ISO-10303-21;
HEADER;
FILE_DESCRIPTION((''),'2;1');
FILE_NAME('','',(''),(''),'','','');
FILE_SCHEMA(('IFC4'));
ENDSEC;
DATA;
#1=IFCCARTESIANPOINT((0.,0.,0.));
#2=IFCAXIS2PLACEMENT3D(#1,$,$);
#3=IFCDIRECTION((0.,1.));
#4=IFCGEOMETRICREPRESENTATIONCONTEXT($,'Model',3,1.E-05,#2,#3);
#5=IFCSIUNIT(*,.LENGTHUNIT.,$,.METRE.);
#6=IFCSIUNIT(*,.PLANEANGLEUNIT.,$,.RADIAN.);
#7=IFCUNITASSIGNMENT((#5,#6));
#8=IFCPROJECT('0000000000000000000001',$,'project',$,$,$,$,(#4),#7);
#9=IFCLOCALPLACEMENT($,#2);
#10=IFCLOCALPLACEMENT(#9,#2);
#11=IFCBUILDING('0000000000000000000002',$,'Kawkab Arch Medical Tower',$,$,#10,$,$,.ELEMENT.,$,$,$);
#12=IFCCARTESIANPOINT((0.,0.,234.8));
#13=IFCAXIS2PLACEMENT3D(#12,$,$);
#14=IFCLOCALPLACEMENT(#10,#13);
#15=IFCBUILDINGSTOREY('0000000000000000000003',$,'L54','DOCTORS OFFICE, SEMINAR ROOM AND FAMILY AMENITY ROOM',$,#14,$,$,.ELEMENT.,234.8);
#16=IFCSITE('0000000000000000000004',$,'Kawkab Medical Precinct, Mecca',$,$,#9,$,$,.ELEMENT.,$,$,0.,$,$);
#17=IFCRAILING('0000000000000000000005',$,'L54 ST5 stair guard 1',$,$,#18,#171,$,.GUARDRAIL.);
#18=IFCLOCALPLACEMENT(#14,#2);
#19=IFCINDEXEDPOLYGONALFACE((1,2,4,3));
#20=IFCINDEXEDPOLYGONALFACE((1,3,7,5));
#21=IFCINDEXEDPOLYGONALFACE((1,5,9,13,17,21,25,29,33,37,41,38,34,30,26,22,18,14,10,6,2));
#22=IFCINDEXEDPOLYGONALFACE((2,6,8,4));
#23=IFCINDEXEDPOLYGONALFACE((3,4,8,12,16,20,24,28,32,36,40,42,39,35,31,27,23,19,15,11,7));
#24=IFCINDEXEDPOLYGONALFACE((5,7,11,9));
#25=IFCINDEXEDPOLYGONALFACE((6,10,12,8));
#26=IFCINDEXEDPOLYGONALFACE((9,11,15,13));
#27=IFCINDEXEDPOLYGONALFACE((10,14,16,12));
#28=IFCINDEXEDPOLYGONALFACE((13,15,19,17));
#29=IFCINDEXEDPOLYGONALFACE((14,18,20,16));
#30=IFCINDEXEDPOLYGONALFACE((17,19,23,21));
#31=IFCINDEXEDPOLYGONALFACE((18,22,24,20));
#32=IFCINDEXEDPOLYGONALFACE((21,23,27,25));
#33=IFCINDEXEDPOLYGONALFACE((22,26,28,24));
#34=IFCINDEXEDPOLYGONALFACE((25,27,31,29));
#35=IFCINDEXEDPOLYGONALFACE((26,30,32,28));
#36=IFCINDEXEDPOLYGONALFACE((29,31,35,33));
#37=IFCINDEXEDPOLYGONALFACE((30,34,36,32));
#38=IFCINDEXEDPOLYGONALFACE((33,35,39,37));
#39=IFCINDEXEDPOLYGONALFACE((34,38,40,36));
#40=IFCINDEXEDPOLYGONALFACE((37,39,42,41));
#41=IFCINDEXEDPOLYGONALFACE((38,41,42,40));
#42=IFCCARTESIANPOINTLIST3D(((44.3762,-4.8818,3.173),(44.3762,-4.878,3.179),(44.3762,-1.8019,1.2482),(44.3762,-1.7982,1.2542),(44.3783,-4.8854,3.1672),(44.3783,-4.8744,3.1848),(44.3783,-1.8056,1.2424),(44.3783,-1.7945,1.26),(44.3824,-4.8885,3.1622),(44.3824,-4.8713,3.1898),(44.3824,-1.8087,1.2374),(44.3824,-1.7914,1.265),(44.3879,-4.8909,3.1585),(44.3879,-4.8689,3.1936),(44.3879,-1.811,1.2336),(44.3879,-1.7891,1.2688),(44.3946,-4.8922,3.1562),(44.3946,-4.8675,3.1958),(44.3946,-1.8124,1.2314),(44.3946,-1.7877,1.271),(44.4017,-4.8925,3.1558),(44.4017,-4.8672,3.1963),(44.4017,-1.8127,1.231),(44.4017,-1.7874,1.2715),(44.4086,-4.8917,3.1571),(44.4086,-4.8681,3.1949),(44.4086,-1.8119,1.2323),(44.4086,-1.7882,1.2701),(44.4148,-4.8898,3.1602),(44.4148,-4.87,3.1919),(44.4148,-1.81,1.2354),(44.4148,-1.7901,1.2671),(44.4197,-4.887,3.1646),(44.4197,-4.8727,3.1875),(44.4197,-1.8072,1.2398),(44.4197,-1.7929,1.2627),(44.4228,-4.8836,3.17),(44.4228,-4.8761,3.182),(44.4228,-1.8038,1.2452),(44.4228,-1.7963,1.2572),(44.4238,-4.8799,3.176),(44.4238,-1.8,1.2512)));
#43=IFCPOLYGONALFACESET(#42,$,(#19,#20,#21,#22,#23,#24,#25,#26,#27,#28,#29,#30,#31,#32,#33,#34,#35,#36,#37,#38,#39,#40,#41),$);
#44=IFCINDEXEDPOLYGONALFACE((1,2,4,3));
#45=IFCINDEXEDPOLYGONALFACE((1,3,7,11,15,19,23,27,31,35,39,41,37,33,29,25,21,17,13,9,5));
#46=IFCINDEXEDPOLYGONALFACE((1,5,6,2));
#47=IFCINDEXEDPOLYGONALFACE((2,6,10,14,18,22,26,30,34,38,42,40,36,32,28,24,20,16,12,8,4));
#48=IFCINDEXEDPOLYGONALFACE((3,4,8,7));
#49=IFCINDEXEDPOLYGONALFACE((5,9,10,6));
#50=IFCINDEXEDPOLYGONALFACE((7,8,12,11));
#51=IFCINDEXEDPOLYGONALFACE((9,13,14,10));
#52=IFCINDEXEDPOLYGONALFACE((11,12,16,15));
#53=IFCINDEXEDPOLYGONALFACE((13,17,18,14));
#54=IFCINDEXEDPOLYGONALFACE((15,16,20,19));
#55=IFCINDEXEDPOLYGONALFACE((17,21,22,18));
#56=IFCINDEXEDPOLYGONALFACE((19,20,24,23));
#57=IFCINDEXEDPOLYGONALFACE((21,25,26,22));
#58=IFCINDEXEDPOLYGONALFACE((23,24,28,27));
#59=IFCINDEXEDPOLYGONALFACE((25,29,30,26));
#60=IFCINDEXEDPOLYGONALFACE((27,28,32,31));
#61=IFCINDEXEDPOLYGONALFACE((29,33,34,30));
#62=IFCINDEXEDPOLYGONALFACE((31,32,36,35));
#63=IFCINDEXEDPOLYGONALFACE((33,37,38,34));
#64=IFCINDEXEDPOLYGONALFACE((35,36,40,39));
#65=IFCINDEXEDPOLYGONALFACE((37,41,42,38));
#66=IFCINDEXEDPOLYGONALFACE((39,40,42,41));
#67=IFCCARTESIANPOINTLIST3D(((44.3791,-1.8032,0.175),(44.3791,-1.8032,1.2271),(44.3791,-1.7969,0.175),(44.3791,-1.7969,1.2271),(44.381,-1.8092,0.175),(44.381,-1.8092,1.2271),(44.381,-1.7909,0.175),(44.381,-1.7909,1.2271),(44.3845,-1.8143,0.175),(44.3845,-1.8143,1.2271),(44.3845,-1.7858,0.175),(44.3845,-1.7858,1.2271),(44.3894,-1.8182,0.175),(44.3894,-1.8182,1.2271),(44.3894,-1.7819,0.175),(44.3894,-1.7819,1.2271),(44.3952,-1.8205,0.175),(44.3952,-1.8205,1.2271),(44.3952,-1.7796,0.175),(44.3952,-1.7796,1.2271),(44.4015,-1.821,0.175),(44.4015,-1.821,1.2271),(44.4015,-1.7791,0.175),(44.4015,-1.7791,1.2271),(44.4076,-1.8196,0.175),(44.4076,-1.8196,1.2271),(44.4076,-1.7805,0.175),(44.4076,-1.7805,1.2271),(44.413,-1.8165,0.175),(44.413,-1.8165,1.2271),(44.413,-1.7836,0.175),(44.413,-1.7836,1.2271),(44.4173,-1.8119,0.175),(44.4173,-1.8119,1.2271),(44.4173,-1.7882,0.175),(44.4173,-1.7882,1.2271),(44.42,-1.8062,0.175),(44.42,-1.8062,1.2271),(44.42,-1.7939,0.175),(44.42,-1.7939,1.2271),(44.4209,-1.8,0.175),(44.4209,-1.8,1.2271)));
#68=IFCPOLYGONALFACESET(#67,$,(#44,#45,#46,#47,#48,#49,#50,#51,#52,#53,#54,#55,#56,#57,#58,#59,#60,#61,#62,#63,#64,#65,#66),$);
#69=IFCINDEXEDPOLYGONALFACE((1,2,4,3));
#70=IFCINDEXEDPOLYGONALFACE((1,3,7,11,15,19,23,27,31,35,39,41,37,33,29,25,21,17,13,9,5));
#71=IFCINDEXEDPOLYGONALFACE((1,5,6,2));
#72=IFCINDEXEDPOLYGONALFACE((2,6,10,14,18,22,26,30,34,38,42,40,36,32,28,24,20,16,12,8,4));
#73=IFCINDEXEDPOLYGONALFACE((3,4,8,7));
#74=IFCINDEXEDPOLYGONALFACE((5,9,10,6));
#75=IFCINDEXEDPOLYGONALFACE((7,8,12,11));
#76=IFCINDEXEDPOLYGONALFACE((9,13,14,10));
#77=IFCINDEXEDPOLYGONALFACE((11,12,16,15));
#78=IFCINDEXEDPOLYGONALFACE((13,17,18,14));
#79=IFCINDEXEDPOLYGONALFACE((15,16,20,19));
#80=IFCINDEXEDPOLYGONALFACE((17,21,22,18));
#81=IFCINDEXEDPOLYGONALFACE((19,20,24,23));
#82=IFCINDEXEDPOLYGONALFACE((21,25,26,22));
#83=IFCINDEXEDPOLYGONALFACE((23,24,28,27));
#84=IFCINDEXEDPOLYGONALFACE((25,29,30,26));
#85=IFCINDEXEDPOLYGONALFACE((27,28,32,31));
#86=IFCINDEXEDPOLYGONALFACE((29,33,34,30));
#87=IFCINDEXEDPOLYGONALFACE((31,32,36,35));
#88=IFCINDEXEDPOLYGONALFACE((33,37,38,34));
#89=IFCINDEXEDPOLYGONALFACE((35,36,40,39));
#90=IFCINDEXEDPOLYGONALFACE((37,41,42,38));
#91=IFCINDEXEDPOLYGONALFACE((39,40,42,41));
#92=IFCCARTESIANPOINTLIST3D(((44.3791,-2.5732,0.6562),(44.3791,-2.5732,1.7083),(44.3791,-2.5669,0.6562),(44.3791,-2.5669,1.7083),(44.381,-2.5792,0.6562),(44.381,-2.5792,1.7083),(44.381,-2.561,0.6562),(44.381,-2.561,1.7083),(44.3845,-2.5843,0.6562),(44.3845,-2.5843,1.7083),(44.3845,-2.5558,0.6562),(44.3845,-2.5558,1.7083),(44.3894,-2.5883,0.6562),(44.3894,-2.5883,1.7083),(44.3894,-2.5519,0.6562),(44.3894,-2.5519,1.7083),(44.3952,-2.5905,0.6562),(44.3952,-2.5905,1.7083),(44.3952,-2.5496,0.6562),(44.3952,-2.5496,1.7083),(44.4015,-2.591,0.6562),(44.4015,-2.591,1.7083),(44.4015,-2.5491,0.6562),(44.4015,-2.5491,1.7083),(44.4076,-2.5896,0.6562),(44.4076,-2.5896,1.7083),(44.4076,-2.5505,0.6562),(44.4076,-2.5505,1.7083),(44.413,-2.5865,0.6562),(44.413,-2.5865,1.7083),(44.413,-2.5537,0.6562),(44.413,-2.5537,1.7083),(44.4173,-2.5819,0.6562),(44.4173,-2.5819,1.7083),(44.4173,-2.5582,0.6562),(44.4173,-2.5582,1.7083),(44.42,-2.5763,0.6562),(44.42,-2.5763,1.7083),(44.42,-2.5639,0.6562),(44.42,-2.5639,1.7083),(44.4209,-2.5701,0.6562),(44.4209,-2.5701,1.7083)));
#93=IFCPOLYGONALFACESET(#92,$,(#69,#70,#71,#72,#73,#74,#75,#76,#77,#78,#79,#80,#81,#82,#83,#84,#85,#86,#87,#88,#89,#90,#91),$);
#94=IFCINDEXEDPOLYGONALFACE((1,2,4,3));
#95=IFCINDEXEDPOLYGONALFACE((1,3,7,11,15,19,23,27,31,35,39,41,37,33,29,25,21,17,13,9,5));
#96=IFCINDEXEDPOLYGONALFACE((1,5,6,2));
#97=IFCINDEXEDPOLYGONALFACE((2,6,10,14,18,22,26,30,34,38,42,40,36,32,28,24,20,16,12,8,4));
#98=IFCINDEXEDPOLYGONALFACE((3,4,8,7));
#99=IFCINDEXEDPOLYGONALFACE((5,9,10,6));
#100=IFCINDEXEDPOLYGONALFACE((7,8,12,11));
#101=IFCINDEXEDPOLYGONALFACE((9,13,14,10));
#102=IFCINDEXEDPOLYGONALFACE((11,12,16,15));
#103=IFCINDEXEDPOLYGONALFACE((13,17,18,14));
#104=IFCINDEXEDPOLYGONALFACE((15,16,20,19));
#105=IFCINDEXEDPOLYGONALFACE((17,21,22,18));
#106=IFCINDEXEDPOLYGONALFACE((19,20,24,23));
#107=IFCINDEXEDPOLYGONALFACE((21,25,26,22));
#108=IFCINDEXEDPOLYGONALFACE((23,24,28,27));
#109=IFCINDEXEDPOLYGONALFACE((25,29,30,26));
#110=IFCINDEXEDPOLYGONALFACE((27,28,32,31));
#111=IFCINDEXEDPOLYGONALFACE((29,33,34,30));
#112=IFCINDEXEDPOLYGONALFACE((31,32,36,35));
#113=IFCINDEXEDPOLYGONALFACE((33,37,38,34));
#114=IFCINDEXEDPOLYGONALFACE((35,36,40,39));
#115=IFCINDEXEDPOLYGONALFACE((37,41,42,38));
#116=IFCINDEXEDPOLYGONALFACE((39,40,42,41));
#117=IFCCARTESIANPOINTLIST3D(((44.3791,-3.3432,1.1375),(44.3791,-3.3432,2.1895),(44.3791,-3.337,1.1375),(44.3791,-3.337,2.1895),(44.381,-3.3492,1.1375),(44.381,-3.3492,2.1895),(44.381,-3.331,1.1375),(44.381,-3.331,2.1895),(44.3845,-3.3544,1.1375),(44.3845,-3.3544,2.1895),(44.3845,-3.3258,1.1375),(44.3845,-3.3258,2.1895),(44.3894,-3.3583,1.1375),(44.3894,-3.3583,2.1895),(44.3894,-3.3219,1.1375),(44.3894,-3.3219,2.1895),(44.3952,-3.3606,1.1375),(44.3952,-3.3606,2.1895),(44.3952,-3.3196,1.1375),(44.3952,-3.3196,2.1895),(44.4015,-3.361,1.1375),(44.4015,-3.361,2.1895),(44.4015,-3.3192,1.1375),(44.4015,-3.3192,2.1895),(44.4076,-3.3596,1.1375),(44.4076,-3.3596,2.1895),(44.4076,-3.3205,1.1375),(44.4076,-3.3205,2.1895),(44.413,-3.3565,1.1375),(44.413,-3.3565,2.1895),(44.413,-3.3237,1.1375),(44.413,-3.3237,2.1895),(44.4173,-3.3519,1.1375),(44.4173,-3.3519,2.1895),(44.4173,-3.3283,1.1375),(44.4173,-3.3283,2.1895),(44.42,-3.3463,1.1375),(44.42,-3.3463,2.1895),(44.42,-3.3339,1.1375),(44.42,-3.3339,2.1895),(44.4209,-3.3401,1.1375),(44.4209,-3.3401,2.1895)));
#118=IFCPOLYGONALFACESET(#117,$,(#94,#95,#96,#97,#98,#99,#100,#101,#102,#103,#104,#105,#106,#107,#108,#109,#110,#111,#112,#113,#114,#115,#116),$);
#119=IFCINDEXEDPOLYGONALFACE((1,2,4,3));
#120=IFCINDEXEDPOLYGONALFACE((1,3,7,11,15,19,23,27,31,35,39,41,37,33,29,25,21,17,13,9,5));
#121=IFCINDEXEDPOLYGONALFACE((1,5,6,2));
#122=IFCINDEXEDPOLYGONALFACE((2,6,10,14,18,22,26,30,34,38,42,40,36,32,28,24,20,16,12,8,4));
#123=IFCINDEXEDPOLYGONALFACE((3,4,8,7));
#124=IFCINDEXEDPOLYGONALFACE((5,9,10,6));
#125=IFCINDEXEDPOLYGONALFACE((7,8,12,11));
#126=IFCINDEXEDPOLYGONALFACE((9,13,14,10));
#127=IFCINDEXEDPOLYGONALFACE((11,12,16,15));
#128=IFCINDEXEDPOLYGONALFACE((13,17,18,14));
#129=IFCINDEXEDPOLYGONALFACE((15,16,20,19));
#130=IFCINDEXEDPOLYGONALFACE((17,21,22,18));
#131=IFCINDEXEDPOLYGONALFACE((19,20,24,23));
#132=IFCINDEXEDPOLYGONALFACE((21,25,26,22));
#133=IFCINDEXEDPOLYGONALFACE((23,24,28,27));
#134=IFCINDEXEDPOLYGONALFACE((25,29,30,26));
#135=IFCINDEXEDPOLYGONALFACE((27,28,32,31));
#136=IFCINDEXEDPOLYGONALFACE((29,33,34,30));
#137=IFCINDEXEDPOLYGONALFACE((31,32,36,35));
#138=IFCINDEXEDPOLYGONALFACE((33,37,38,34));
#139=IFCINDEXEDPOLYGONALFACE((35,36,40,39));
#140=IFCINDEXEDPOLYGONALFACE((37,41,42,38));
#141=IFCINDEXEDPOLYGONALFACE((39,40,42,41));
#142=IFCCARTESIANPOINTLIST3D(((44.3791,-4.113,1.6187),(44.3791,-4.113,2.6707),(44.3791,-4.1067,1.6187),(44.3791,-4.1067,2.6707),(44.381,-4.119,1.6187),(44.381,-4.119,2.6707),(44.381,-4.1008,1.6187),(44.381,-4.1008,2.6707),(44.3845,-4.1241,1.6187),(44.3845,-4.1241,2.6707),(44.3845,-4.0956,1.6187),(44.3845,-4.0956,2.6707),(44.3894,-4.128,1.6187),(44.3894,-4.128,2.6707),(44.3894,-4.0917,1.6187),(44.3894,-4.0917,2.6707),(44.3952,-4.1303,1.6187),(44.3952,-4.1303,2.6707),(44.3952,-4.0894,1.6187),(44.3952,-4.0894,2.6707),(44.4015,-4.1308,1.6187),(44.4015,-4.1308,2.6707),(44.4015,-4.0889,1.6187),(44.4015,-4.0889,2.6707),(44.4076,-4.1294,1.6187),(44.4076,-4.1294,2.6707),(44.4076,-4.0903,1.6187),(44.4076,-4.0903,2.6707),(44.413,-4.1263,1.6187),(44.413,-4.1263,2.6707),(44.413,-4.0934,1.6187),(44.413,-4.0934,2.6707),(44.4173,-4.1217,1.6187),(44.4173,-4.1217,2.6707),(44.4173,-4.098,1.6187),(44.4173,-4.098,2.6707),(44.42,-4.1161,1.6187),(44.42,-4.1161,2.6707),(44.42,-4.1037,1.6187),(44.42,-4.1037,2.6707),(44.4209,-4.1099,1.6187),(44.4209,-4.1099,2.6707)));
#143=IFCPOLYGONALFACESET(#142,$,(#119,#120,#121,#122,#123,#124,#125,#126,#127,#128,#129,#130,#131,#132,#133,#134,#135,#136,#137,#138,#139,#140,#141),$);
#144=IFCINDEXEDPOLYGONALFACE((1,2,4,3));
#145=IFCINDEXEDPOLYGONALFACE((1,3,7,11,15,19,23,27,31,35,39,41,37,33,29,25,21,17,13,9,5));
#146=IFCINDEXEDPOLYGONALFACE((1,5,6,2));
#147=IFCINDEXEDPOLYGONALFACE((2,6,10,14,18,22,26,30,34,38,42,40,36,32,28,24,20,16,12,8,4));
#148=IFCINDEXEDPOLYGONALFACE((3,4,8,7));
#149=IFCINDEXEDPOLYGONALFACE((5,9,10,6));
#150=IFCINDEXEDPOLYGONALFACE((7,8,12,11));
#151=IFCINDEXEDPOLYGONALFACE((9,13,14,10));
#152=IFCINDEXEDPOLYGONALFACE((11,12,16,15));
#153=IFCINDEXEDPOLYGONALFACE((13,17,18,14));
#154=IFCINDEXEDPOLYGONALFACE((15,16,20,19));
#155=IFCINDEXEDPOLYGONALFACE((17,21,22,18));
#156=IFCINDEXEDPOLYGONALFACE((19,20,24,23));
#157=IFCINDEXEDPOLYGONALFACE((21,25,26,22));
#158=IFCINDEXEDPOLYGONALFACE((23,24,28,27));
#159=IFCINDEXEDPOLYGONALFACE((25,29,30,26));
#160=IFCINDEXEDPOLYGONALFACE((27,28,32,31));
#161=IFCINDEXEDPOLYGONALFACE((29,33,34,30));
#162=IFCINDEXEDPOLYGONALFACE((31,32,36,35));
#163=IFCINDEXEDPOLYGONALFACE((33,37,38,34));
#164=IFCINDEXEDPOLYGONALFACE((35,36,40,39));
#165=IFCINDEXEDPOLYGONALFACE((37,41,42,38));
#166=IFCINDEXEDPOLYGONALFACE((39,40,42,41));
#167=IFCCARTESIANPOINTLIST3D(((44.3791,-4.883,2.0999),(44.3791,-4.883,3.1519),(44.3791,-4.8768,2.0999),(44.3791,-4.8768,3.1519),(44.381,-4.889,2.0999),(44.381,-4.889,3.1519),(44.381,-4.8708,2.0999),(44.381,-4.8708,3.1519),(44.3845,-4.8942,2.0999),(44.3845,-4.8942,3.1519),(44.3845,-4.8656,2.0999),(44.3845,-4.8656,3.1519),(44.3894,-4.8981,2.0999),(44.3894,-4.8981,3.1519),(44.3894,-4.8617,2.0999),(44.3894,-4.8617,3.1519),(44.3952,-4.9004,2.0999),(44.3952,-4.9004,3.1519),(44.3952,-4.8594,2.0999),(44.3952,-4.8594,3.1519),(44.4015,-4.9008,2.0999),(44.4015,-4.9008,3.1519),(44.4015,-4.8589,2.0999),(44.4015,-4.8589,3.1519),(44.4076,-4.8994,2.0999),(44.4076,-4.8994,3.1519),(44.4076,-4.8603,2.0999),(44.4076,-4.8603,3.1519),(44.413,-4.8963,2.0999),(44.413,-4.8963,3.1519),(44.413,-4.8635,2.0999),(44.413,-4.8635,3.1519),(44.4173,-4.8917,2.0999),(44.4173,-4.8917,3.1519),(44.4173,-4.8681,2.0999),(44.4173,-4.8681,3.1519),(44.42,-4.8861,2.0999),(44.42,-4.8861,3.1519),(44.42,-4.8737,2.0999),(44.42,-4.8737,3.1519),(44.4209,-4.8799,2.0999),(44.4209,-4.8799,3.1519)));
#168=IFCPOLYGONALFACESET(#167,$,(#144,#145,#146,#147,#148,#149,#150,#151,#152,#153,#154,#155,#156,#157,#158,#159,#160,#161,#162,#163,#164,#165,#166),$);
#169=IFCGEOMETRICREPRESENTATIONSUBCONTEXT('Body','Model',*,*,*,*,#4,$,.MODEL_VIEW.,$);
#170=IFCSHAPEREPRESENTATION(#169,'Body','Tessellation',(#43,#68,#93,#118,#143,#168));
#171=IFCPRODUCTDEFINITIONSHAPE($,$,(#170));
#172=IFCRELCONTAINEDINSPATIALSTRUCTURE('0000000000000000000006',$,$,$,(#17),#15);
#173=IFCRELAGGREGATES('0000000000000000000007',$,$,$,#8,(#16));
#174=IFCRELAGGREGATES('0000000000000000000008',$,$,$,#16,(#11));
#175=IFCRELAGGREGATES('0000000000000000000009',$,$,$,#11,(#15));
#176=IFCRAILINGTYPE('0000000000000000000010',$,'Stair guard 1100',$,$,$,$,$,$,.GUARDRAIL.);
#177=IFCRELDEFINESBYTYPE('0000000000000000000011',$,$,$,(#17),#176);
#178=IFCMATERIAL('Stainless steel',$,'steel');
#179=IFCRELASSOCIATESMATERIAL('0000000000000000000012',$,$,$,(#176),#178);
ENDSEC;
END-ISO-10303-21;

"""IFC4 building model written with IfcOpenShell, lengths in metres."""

from ifc_helpers import new_model, si_unit, direction, frame, origin, origin_2d, place, context, subcontext, project, spatial, circle, extrude, material, type_object, element, save


model = new_model("IFC4")

# Units and contexts
model_context = context("Model", 3, precision=1e-05, world=origin(), true_north=direction((0.0, 1.0)))
body_context = subcontext(model_context, "Body", "Model", "MODEL_VIEW")
ifc_project = project(units=[si_unit("LENGTHUNIT", "METRE"), si_unit("PLANEANGLEUNIT", "RADIAN")], contexts=[model_context])

# Site, building, storey
site_placement = place(None, origin())
site = spatial("IfcSite", under=ifc_project, at=site_placement, Name="Kawkab Medical Precinct, Mecca", CompositionType="ELEMENT", RefElevation=0.0)
building_placement = place(site_placement, origin())
building = spatial("IfcBuilding", under=site, at=building_placement, Name="Kawkab Arch Medical Tower", CompositionType="ELEMENT")
storey_placement = place(building_placement, frame((0.0, 0.0, 234.8)))
storey = spatial("IfcBuildingStorey", under=building, at=storey_placement, Name="L54", Description="DOCTORS OFFICE, SEMINAR ROOM AND FAMILY AMENITY ROOM", CompositionType="ELEMENT", Elevation=234.8)

# Railing
ifc_material_1 = material(Name="Stainless steel", Category="steel")
railing_type_1 = type_object("IfcRailingType", Name="Stair guard 1100", PredefinedType="GUARDRAIL", material=ifc_material_1)
railing_1_placement = place(storey_placement, frame((44.3999, -1.8, 0.175)))
element("IfcRailing", 1, at=railing_1_placement, inside=storey, type_object=railing_type_1, Name="L54 ST5 stair guard 1", PredefinedType="GUARDRAIL", context=body_context, shape_type="SweptSolid", body=[
    extrude(circle(Radius=0.0239, at=origin_2d()), frame((0.0, 0.0, 1.0762), z_axis=(0.0, -0.84801, 0.529981), x_axis=(1.0, 0.0, 0.0)), (0.0, 0.0, 1.0), 3.6318),
    extrude(circle(Radius=0.021, at=origin_2d()), origin(), (0.0, 0.0, 1.0), 1.052),
    extrude(circle(Radius=0.021, at=origin_2d()), frame((0.0, -0.77, 0.4812)), (0.0, 0.0, 1.0), 1.052),
    extrude(circle(Radius=0.021, at=origin_2d()), frame((0.0, -1.54, 0.9624)), (0.0, 0.0, 1.0), 1.052),
    extrude(circle(Radius=0.021, at=origin_2d()), frame((0.0, -2.3098, 1.4436)), (0.0, 0.0, 1.0), 1.052),
    extrude(circle(Radius=0.021, at=origin_2d()), frame((0.0, -3.0798, 1.9248)), (0.0, 0.0, 1.0), 1.052),
])

save(model, "model.ifc")
